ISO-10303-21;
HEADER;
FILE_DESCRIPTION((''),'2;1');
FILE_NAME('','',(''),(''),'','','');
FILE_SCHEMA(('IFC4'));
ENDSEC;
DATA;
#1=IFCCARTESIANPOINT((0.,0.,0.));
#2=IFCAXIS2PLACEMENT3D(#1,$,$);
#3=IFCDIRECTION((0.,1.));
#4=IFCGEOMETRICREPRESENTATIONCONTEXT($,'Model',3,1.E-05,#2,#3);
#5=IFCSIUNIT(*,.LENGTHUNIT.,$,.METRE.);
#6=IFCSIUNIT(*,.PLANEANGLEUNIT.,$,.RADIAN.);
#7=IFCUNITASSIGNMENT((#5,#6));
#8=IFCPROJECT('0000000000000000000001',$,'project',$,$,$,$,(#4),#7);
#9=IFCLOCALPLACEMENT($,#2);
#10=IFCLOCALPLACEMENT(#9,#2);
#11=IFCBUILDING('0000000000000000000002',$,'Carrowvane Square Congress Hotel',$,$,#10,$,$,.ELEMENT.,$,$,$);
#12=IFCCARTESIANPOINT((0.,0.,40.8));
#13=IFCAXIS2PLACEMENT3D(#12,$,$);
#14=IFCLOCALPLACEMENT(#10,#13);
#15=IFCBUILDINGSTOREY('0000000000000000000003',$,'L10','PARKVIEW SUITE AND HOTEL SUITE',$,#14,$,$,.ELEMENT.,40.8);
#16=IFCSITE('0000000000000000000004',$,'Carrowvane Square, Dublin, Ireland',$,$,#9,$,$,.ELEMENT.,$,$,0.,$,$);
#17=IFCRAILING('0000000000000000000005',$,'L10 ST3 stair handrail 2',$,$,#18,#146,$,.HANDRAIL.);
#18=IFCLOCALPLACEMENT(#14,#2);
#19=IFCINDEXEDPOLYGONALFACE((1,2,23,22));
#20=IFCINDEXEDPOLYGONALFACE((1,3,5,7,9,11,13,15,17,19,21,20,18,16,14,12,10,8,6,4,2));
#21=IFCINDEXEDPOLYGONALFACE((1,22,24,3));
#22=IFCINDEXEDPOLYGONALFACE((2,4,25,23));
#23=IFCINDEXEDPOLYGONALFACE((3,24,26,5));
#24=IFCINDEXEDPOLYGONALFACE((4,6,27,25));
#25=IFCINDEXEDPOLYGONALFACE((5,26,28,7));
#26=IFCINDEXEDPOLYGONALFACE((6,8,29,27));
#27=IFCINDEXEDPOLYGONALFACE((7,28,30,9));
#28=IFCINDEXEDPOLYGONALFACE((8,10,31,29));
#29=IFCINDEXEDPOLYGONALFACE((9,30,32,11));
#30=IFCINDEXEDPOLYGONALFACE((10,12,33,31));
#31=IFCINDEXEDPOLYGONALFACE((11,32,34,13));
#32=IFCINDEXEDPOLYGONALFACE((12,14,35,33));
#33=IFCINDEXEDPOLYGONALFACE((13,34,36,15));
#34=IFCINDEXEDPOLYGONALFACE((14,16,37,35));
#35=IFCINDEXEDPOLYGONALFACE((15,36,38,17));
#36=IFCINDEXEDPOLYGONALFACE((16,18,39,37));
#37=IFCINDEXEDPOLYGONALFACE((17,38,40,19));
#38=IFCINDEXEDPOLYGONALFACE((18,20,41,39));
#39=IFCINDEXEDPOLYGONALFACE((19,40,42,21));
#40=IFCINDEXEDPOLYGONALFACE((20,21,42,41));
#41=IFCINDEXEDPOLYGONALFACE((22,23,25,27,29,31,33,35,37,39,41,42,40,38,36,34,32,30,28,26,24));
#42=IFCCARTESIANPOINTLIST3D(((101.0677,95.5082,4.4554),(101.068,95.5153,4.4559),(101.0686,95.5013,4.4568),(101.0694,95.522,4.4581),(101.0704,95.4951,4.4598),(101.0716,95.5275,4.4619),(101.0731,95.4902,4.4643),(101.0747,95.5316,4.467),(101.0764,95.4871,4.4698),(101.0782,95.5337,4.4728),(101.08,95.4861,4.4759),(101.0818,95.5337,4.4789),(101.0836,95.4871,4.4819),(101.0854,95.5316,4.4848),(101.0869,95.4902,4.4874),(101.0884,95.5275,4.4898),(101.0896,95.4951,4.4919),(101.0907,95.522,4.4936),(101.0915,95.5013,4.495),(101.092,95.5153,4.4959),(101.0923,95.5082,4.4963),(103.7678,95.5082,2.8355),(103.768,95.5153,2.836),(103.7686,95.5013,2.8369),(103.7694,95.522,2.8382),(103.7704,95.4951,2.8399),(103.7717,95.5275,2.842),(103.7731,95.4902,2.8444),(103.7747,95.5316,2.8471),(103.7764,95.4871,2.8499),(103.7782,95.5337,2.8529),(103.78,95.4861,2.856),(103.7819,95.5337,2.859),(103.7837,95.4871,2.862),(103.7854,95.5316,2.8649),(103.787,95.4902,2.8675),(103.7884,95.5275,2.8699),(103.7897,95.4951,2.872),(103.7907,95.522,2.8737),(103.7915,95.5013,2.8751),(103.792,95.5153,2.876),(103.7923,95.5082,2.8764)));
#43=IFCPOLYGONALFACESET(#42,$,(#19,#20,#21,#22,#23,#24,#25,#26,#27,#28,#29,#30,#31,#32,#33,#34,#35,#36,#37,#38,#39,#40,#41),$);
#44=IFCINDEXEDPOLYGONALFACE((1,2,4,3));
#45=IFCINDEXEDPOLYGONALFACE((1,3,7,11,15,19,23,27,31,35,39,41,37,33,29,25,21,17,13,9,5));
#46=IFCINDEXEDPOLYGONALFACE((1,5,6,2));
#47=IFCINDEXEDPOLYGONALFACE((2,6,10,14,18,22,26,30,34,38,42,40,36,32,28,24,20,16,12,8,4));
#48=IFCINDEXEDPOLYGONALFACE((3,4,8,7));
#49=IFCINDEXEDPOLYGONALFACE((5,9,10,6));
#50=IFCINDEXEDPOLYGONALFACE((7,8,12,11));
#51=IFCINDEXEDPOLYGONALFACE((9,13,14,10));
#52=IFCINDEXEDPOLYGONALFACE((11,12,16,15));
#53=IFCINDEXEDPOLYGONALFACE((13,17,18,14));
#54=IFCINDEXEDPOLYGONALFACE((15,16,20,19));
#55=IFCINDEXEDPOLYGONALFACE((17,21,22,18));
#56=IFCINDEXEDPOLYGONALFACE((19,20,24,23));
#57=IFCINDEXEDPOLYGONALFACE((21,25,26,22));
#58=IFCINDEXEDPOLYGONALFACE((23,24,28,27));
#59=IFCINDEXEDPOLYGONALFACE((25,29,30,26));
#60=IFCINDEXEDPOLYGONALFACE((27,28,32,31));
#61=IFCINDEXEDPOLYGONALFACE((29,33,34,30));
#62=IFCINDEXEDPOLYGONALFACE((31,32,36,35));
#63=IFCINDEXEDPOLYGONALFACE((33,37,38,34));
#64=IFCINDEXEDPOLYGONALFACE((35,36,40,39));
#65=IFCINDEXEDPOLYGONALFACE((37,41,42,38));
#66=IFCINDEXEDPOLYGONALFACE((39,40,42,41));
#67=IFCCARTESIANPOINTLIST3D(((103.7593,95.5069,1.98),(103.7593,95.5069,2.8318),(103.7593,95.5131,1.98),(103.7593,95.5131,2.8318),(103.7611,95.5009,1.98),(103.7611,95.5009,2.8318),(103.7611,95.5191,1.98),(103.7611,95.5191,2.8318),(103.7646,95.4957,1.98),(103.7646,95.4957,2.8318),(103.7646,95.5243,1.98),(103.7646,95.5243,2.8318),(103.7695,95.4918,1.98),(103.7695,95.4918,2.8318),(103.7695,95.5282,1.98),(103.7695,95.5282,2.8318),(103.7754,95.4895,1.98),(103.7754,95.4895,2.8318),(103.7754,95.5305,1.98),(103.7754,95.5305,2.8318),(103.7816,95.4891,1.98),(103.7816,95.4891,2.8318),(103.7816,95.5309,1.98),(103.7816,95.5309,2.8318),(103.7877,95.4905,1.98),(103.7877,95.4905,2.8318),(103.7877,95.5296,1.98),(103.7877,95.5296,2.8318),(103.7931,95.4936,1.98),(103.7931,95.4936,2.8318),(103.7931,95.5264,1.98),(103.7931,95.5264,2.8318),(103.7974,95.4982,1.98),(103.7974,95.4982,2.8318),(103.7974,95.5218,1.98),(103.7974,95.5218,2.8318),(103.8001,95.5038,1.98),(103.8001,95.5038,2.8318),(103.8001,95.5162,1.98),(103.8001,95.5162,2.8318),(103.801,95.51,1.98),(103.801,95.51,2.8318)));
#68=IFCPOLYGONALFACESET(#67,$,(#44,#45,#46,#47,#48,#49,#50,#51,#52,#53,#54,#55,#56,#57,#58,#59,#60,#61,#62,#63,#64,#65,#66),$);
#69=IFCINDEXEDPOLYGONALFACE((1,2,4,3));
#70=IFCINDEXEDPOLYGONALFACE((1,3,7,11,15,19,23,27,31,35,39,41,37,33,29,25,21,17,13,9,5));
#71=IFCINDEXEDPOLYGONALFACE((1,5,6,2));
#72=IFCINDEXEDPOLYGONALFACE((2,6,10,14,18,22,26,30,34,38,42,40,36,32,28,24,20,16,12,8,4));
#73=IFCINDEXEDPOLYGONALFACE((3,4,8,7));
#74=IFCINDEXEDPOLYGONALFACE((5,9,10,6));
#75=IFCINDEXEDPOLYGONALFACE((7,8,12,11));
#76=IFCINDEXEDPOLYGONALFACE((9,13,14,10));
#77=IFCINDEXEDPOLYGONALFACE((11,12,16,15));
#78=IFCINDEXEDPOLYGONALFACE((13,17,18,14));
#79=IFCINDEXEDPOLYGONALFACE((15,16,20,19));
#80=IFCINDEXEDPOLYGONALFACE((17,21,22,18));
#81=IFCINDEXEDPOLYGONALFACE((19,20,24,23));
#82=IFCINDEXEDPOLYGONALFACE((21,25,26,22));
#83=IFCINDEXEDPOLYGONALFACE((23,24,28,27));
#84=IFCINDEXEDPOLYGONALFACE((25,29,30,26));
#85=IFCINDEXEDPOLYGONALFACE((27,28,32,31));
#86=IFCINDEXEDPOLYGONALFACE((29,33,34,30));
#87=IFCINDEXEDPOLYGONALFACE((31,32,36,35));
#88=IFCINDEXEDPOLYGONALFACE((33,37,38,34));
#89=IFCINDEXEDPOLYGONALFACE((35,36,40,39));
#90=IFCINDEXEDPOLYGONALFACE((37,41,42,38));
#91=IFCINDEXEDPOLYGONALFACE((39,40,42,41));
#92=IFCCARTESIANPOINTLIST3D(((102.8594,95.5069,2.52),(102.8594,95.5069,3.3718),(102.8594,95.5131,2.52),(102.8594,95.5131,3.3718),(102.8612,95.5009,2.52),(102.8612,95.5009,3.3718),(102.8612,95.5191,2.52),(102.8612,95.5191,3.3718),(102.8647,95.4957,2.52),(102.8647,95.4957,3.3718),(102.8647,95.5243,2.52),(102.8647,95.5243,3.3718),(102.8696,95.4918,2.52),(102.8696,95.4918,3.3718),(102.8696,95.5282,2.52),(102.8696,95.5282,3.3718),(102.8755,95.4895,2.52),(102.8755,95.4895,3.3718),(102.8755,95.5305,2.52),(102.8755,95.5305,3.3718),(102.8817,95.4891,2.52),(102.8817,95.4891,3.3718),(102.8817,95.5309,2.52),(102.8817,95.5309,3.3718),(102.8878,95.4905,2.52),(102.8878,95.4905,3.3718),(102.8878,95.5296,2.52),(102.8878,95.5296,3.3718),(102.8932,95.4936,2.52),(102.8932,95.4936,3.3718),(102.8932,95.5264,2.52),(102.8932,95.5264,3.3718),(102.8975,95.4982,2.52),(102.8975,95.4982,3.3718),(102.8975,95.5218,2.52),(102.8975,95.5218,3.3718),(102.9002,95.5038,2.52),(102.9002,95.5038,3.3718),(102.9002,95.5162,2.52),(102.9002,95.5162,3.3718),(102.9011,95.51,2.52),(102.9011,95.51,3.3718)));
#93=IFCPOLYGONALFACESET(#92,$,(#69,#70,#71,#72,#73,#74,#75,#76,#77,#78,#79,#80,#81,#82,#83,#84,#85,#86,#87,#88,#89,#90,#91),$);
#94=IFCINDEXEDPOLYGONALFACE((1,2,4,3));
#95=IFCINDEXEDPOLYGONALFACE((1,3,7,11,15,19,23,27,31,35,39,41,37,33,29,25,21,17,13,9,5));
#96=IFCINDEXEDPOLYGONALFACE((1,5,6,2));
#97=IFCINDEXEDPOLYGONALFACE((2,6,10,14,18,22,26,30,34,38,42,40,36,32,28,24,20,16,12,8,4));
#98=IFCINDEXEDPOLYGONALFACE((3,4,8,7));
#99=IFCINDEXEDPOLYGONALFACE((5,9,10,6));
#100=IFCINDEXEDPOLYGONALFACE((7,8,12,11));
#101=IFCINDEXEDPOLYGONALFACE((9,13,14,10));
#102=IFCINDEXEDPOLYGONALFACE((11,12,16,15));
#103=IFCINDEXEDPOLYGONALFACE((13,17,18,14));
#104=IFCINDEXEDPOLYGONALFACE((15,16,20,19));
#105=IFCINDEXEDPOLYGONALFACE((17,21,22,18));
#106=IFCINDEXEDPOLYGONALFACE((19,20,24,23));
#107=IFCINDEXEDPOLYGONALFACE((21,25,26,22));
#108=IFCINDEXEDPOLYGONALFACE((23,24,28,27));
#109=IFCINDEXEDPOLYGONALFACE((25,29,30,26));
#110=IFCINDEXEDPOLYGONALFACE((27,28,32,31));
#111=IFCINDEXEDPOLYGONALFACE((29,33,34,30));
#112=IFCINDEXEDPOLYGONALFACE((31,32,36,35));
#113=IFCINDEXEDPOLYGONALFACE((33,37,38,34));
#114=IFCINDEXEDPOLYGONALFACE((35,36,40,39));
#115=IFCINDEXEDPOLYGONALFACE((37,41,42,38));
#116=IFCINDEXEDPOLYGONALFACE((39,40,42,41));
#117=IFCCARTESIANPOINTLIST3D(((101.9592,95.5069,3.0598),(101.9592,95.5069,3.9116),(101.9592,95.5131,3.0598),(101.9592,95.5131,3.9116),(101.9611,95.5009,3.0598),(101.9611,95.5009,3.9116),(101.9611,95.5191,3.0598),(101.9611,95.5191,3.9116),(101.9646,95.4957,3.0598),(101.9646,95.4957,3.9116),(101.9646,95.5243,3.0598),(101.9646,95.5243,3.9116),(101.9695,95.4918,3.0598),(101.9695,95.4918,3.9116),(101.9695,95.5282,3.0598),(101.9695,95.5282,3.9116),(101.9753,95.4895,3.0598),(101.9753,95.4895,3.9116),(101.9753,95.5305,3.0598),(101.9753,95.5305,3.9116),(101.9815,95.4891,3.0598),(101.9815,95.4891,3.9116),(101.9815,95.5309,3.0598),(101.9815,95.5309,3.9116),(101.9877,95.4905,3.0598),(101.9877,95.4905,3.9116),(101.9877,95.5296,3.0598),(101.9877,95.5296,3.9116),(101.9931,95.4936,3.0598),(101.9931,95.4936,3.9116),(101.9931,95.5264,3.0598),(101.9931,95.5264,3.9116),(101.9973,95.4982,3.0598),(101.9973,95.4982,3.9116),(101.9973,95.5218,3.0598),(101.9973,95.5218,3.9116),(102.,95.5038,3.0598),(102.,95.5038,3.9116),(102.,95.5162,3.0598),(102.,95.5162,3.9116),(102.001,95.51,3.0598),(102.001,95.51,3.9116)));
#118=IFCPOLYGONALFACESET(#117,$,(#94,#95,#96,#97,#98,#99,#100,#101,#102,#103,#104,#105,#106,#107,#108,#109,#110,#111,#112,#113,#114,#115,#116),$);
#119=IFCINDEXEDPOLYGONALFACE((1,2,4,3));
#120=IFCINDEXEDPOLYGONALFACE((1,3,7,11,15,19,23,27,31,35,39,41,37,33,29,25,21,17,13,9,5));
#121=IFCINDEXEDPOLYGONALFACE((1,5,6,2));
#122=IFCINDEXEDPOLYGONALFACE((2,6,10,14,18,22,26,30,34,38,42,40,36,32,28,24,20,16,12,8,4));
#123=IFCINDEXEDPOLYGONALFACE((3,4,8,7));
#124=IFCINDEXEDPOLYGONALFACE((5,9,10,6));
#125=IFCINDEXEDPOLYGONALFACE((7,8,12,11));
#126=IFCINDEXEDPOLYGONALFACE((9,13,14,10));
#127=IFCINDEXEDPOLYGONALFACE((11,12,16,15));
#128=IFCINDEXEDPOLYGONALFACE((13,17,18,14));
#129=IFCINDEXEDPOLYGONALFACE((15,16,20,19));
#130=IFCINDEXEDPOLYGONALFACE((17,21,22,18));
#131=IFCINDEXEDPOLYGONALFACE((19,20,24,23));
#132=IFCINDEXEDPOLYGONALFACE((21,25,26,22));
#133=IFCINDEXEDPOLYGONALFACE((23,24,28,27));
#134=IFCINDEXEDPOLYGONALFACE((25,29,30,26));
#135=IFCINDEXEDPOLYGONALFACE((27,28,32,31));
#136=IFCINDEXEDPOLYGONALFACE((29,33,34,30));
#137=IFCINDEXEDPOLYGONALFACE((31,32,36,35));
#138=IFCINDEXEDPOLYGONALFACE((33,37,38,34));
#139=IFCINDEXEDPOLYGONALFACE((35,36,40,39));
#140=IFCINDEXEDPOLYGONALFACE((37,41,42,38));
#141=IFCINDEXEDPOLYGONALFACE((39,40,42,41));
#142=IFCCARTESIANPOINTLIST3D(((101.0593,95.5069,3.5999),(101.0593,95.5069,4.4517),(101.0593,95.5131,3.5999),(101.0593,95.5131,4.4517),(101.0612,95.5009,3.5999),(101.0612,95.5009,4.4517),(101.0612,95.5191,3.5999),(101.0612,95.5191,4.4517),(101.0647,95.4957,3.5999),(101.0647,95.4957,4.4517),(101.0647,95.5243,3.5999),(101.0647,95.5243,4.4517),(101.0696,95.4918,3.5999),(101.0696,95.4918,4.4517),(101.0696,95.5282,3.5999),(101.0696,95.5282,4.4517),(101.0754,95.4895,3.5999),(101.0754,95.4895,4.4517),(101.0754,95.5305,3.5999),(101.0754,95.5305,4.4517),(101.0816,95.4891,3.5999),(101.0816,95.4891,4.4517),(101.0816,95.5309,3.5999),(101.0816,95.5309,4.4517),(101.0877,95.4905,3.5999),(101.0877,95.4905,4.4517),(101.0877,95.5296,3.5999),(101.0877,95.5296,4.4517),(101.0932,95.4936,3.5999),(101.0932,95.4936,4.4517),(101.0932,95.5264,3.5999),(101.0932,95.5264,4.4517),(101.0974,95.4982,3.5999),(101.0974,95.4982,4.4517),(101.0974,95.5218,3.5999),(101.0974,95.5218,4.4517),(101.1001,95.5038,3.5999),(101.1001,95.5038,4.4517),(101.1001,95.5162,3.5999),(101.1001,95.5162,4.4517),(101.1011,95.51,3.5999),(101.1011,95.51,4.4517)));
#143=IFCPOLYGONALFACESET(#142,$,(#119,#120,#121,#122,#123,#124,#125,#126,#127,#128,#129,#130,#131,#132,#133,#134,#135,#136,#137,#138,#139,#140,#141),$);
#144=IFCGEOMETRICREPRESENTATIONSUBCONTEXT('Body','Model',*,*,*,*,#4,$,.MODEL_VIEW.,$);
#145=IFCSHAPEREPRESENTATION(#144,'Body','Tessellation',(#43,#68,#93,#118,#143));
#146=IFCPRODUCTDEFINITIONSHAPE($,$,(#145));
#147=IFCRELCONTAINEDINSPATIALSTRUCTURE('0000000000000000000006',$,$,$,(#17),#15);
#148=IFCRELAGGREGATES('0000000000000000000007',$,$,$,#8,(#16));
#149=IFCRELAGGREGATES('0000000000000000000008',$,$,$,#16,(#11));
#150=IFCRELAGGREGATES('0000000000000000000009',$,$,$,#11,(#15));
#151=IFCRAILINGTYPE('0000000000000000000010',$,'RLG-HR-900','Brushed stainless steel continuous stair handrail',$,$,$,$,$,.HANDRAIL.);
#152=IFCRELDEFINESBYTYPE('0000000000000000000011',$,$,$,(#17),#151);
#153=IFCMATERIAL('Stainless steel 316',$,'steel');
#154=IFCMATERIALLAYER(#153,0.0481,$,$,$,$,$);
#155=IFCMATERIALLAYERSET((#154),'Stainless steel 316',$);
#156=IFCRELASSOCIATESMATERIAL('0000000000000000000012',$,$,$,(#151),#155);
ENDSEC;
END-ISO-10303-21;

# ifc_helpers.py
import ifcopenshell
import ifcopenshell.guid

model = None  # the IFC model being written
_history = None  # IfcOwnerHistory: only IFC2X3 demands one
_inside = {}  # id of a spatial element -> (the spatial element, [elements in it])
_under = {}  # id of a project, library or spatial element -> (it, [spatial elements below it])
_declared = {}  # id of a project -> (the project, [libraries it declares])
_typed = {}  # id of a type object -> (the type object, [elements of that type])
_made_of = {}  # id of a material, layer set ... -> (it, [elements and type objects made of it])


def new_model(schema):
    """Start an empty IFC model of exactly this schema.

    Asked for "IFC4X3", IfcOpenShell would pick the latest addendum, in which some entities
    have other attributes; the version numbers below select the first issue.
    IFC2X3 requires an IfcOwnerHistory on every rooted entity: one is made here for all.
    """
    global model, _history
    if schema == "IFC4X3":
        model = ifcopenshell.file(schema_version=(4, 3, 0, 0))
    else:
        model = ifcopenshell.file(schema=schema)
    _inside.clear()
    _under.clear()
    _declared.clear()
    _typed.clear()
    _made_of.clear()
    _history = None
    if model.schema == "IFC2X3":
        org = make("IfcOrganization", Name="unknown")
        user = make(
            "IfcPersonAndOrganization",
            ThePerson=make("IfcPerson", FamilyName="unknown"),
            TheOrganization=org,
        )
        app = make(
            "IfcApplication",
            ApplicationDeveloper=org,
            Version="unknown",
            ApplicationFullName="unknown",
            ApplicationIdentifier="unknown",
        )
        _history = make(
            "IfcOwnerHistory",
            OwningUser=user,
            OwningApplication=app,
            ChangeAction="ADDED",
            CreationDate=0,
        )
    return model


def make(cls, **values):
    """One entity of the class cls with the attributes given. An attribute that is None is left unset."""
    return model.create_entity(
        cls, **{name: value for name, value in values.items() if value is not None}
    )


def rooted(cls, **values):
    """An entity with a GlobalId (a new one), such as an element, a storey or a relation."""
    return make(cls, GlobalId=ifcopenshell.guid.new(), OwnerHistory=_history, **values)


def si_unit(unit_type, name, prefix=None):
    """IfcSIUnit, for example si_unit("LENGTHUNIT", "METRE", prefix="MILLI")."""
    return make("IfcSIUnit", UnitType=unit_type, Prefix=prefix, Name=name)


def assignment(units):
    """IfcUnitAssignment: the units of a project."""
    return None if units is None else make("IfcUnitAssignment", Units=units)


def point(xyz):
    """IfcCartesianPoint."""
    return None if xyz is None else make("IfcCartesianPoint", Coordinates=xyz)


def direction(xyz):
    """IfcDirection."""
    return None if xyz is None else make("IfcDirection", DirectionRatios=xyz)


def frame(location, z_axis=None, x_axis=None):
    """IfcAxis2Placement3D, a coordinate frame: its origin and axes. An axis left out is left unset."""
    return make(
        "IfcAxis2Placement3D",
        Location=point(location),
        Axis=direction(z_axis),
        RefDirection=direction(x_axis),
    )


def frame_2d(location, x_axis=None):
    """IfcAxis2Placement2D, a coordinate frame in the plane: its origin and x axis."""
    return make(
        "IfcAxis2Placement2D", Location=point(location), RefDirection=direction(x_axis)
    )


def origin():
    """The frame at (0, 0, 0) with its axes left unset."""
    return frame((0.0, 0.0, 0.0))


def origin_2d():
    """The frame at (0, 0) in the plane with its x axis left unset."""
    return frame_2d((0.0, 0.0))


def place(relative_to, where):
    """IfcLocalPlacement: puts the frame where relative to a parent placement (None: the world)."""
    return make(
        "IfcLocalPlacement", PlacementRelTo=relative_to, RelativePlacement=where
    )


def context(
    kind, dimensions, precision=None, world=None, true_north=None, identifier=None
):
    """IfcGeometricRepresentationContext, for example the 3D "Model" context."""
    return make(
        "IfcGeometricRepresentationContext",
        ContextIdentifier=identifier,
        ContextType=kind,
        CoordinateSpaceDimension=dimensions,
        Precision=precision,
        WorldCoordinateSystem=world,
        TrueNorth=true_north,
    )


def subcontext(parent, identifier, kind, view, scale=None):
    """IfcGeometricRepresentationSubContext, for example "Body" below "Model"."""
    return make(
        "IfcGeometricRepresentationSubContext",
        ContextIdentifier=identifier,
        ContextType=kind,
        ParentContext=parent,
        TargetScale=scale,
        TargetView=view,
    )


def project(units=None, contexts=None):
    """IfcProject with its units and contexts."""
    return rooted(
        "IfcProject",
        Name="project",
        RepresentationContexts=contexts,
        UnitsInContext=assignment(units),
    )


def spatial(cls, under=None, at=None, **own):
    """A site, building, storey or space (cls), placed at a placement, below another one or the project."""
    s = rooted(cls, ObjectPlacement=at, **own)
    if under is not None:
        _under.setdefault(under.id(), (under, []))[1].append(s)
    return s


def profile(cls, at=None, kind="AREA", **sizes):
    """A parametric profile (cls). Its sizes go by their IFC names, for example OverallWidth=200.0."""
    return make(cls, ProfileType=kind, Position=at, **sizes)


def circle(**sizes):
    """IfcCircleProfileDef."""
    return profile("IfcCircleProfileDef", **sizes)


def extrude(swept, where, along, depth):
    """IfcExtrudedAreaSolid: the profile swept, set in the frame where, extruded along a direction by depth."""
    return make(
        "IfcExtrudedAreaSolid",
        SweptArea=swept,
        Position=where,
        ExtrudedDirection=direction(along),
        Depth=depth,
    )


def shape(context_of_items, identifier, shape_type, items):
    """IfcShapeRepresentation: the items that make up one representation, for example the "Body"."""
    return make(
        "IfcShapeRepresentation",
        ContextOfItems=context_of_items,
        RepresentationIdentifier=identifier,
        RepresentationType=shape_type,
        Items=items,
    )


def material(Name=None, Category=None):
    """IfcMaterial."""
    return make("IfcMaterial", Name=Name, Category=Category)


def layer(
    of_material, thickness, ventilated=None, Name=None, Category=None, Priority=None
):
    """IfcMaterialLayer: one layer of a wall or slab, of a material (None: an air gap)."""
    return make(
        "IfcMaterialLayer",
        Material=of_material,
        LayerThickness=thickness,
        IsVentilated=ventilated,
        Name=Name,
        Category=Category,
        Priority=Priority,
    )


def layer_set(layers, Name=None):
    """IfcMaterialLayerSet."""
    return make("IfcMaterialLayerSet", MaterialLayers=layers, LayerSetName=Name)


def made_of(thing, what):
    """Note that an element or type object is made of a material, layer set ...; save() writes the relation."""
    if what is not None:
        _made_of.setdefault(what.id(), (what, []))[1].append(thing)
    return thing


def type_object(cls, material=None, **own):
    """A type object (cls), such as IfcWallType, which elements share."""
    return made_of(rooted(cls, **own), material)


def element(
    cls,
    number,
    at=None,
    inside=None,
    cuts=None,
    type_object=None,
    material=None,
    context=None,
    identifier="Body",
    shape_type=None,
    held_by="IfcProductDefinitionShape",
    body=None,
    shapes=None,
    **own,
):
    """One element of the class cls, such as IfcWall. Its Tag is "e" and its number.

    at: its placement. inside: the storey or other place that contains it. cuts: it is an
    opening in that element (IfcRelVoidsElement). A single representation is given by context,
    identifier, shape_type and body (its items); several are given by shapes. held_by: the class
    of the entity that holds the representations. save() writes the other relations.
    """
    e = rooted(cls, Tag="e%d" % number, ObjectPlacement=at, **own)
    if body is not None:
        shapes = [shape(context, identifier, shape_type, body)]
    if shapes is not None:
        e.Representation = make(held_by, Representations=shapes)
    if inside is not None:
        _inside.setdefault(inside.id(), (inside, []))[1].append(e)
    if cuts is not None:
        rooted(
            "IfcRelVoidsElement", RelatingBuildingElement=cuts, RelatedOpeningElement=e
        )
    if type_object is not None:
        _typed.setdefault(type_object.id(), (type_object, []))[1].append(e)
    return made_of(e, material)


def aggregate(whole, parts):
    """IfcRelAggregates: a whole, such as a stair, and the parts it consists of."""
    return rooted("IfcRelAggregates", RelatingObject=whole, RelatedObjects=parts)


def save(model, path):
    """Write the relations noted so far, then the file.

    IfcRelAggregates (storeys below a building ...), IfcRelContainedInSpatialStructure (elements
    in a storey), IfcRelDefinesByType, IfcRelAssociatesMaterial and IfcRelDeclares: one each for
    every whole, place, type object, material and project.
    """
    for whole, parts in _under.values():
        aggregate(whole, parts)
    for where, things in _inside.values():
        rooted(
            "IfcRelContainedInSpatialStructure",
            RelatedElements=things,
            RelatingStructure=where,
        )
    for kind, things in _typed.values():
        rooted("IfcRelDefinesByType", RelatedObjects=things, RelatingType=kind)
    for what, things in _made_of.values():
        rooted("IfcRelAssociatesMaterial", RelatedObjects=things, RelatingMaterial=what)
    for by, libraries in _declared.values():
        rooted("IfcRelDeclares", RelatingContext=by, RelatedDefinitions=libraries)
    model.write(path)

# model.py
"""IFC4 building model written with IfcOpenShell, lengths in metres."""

from ifc_helpers import new_model, si_unit, direction, frame, origin, origin_2d, place, context, subcontext, project, spatial, circle, extrude, material, layer, layer_set, type_object, element, save


model = new_model("IFC4")

# Units and contexts
model_context = context("Model", 3, precision=1e-05, world=origin(), true_north=direction((0.0, 1.0)))
body_context = subcontext(model_context, "Body", "Model", "MODEL_VIEW")
ifc_project = project(units=[si_unit("LENGTHUNIT", "METRE"), si_unit("PLANEANGLEUNIT", "RADIAN")], contexts=[model_context])

# Site, building, storey
site_placement = place(None, origin())
site = spatial("IfcSite", under=ifc_project, at=site_placement, Name="Carrowvane Square, Dublin, Ireland", CompositionType="ELEMENT", RefElevation=0.0)
building_placement = place(site_placement, origin())
building = spatial("IfcBuilding", under=site, at=building_placement, Name="Carrowvane Square Congress Hotel", CompositionType="ELEMENT")
storey_placement = place(building_placement, frame((0.0, 0.0, 40.8)))
storey = spatial("IfcBuildingStorey", under=building, at=storey_placement, Name="L10", Description="PARKVIEW SUITE AND HOTEL SUITE", CompositionType="ELEMENT", Elevation=40.8)

# Railing
ifc_material_1 = material(Name="Stainless steel 316", Category="steel")
ifc_layer_1 = layer(ifc_material_1, 0.0481)
ifc_layer_set_1 = layer_set([ifc_layer_1], Name="Stainless steel 316")
railing_type_1 = type_object("IfcRailingType", Name="RLG-HR-900", Description="Brushed stainless steel continuous stair handrail", PredefinedType="HANDRAIL", material=ifc_layer_set_1)
railing_1_placement = place(storey_placement, frame((103.78, 95.51, 1.98)))
element("IfcRailing", 1, at=railing_1_placement, inside=storey, type_object=railing_type_1, Name="L10 ST3 stair handrail 2", PredefinedType="HANDRAIL", context=body_context, shape_type="SweptSolid", body=[
    extrude(circle(Radius=0.0239, at=origin_2d()), frame((0.0, 0.0, 0.876), z_axis=(-0.857507, 0.0, 0.514473), x_axis=(0.0, -1.0, 0.0)), (0.0, 0.0, 1.0), 3.1487),
    extrude(circle(Radius=0.021, at=origin_2d()), origin(), (0.0, 0.0, 1.0), 0.8518),
    extrude(circle(Radius=0.021, at=origin_2d()), frame((-0.8999, 0.0, 0.54)), (0.0, 0.0, 1.0), 0.8518),
    extrude(circle(Radius=0.021, at=origin_2d()), frame((-1.8, 0.0, 1.0798)), (0.0, 0.0, 1.0), 0.8518),
    extrude(circle(Radius=0.021, at=origin_2d()), frame((-2.7, 0.0, 1.6199)), (0.0, 0.0, 1.0), 0.8518),
])

save(model, "model.ifc")
